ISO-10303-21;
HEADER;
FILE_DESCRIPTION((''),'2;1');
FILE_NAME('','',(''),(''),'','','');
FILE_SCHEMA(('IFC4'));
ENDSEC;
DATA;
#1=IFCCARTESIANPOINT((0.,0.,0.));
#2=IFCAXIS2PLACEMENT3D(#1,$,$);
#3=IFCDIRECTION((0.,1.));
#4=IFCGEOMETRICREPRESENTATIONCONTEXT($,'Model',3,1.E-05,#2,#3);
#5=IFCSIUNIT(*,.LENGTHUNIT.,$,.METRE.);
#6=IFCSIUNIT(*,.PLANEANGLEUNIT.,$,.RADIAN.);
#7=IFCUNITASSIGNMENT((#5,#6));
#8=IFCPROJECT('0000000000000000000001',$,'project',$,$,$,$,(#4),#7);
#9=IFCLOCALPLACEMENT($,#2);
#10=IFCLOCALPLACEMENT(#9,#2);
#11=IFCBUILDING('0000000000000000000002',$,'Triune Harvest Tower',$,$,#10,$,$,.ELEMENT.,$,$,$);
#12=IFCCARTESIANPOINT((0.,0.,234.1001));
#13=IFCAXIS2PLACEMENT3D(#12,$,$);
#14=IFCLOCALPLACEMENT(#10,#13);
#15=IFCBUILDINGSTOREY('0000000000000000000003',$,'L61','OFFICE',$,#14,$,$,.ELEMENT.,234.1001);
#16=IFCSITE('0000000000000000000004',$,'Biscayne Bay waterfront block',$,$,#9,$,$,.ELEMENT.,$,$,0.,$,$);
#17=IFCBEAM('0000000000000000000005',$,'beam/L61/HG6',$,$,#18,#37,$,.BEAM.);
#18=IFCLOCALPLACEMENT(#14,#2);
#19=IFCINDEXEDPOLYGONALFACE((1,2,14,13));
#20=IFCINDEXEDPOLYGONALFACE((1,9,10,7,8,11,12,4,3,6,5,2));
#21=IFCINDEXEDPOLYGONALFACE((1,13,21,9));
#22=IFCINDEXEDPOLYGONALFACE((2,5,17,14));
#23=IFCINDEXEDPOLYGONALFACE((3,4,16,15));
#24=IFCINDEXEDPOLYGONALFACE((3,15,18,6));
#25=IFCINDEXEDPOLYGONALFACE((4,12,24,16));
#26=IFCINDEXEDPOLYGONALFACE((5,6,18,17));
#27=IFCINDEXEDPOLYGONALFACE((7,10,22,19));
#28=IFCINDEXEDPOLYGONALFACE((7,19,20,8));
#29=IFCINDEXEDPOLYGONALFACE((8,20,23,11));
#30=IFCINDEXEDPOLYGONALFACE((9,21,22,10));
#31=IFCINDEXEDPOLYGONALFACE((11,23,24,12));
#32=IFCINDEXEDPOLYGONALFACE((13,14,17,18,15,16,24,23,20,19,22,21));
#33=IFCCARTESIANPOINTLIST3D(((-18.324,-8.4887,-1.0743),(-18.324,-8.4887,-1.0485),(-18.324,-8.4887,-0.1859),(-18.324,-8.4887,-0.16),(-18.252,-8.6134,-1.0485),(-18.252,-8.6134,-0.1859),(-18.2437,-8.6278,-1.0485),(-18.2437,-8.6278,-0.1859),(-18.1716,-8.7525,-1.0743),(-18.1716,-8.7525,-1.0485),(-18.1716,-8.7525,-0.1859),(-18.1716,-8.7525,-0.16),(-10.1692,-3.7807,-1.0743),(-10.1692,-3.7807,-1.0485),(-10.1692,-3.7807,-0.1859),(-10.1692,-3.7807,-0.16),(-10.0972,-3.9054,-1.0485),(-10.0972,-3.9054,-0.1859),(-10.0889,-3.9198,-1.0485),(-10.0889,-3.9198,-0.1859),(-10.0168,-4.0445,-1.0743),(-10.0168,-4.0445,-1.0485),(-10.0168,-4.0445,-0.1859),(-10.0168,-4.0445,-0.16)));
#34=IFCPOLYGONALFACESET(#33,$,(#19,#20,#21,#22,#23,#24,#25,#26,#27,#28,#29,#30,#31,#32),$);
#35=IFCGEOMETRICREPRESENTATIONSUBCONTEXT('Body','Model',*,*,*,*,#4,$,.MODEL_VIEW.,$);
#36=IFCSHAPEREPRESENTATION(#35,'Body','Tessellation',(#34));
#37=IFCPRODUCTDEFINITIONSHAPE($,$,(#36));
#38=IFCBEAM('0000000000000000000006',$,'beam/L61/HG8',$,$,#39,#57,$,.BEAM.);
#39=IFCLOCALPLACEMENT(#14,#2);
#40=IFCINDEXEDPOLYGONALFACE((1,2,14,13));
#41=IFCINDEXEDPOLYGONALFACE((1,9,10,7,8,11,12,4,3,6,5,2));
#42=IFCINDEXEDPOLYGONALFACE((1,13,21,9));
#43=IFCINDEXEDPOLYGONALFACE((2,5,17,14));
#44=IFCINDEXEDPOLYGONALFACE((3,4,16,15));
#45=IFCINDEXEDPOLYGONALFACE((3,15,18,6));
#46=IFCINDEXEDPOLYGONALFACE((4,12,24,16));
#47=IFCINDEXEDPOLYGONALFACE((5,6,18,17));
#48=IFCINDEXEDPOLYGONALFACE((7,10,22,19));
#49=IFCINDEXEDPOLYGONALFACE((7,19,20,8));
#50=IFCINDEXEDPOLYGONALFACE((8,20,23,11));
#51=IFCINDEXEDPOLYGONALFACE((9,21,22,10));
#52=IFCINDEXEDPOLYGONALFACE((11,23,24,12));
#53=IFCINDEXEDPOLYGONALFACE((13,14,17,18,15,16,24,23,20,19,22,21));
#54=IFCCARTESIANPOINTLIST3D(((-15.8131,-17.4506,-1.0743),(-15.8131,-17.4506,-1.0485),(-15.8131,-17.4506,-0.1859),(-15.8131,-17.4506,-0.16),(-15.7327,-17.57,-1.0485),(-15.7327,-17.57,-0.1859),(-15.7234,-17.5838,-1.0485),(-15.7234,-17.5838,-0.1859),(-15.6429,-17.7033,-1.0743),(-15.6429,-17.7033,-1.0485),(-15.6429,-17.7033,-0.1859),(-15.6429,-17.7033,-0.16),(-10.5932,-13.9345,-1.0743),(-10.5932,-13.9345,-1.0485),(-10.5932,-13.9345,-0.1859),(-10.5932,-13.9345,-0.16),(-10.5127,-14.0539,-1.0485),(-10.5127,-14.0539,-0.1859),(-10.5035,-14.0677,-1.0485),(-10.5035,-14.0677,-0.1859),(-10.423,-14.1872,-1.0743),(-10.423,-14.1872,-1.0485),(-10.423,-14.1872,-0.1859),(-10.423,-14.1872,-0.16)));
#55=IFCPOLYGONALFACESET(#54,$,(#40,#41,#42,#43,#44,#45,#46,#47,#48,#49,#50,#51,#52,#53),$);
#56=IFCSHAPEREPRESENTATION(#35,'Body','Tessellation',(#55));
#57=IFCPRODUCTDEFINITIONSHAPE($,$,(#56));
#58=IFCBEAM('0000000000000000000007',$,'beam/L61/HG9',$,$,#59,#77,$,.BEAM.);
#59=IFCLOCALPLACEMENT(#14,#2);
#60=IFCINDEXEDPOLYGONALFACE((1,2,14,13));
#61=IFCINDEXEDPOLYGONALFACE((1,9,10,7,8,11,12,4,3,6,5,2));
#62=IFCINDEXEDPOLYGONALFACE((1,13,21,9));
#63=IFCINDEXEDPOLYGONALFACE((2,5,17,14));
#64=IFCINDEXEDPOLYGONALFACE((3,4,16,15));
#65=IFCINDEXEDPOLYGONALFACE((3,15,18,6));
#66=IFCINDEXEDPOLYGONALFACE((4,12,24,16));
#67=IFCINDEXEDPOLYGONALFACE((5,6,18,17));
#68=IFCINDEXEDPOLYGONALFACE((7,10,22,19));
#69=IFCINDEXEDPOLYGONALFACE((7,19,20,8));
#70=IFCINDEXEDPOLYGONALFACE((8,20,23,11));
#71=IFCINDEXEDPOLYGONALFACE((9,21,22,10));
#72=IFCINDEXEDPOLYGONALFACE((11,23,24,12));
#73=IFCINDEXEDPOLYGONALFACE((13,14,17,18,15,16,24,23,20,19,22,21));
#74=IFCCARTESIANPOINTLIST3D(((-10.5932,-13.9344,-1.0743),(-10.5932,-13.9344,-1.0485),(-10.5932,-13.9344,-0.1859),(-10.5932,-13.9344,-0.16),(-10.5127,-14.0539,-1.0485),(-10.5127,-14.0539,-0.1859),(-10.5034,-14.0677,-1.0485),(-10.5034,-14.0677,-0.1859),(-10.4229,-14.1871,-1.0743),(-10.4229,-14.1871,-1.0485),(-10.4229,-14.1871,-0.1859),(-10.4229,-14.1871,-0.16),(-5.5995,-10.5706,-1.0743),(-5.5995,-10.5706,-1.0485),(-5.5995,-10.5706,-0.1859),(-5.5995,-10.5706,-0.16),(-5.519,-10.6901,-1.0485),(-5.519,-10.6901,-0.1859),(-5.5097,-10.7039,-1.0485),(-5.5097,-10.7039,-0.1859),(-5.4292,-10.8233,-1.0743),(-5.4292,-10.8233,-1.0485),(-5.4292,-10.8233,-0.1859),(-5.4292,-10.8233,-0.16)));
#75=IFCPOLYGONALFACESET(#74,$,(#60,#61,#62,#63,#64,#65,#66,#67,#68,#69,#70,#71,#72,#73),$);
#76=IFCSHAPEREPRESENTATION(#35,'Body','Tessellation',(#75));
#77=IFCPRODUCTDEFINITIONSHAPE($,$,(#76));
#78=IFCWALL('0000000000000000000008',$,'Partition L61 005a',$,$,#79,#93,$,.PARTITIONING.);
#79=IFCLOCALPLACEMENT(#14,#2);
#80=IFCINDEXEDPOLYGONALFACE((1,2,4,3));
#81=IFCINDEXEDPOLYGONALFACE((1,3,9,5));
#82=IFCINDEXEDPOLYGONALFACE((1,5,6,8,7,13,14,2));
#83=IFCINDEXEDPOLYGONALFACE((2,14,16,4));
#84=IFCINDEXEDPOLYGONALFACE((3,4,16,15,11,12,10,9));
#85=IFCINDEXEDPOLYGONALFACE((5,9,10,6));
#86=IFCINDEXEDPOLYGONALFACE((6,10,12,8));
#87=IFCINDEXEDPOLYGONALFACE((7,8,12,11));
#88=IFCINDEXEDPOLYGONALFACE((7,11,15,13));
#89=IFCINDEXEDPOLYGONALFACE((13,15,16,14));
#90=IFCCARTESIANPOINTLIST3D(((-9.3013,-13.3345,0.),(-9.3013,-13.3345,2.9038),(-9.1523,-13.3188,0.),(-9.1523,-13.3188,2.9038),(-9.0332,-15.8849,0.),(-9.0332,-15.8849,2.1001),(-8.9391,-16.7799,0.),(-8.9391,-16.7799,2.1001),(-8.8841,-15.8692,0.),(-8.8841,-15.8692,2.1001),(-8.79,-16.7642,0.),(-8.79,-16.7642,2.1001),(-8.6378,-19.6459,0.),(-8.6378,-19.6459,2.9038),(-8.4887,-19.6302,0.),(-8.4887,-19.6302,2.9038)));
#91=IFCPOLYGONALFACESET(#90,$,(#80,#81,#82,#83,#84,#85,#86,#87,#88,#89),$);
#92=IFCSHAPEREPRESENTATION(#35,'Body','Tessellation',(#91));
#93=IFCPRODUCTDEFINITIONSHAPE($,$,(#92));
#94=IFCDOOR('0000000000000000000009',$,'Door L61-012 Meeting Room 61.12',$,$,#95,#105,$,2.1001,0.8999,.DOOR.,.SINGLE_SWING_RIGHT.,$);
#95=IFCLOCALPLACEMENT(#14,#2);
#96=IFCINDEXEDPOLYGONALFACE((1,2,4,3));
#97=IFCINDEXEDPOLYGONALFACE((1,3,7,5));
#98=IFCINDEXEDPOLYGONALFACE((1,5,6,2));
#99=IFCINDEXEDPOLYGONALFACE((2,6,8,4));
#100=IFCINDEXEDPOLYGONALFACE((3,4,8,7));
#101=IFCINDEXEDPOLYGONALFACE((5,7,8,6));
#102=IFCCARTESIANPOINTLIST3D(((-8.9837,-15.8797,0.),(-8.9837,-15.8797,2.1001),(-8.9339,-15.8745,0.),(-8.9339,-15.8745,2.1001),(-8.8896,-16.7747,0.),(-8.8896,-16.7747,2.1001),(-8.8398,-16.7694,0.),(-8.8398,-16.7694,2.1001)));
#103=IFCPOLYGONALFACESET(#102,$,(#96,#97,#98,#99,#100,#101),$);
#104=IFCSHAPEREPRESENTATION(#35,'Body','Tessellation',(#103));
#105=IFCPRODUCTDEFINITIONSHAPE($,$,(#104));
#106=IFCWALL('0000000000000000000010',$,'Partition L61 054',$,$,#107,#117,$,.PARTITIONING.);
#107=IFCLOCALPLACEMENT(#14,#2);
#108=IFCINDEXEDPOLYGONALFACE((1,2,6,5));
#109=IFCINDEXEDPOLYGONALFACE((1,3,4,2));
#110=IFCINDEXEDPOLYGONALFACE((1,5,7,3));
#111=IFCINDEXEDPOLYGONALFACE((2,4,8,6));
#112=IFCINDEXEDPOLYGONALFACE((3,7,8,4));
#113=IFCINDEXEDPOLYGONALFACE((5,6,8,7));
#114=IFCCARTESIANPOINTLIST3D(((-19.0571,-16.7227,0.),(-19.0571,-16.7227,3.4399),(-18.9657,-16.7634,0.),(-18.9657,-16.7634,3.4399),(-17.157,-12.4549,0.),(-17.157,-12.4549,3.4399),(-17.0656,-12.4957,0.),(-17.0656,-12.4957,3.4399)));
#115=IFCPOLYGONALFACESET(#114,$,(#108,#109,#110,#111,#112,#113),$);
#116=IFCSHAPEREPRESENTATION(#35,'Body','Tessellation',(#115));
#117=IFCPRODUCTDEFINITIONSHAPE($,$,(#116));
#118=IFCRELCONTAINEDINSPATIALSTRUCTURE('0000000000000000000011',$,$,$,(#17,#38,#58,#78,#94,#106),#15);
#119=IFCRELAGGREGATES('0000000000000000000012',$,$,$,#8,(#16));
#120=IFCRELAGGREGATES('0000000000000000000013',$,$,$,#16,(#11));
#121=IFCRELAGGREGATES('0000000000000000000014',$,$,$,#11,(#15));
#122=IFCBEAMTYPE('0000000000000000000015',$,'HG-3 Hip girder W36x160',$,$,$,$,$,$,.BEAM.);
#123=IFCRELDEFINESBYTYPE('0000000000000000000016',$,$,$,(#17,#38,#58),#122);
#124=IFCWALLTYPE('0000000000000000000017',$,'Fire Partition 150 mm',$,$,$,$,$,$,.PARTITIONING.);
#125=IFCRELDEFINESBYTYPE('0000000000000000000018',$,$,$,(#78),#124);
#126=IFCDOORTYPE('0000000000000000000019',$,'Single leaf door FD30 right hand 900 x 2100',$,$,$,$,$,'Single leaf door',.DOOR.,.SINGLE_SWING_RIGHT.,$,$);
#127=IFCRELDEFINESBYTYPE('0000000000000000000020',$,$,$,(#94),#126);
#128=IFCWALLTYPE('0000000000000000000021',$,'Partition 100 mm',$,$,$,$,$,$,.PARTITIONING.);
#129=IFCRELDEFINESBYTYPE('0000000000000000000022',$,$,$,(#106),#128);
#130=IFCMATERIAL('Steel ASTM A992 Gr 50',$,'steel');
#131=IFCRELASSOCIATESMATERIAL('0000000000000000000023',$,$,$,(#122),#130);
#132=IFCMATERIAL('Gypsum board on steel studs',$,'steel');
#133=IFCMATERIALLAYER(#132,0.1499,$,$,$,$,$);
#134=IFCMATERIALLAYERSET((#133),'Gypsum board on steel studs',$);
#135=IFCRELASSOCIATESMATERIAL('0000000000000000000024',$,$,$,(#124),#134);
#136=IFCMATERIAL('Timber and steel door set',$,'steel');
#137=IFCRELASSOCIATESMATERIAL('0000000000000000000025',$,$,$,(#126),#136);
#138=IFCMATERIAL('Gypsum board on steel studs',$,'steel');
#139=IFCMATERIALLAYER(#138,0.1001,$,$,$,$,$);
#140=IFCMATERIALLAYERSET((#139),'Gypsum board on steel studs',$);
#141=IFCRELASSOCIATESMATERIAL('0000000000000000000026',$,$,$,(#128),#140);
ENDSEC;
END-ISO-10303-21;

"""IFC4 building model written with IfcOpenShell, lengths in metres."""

from ifc_helpers import new_model, si_unit, direction, frame, frame_2d, origin, origin_2d, place, context, subcontext, project, spatial, rectangle, i_section, extrude, source, transform, mapped, material, layer, layer_set, material_profile, profile_set, type_object, element, fill, save


model = new_model("IFC4")

# Units and contexts
model_context = context("Model", 3, precision=1e-05, world=origin(), true_north=direction((0.0, 1.0)))
body_context = subcontext(model_context, "Body", "Model", "MODEL_VIEW")
ifc_project = project(units=[si_unit("LENGTHUNIT", "METRE"), si_unit("PLANEANGLEUNIT", "RADIAN")], contexts=[model_context])

# Site, building, storey
site_placement = place(None, origin())
site = spatial("IfcSite", under=ifc_project, at=site_placement, Name="Biscayne Bay waterfront block", CompositionType="ELEMENT", RefElevation=0.0)
building_placement = place(site_placement, origin())
building = spatial("IfcBuilding", under=site, at=building_placement, Name="Triune Harvest Tower", CompositionType="ELEMENT")
storey_placement = place(building_placement, frame((0.0, 0.0, 234.1001)))
storey = spatial("IfcBuildingStorey", under=building, at=storey_placement, Name="L61", Description="OFFICE", CompositionType="ELEMENT", Elevation=234.1001)

# Beams
ifc_material_1 = material(Name="Steel ASTM A992 Gr 50", Category="steel")
ifc_material_profile = material_profile(ifc_material_1, i_section(OverallWidth=0.3047, OverallDepth=0.9143, WebThickness=0.0166, FlangeThickness=0.0259, at=origin_2d()), Name="W36x160")
ifc_profile_set = profile_set([ifc_material_profile], Name="Steel ASTM A992 Gr 50")
beam_type = type_object("IfcBeamType", Name="HG-3 Hip girder W36x160", PredefinedType="BEAM", material=ifc_profile_set)
shared_shape_1 = source(origin(), body_context, "Body", "SweptSolid", [
    extrude(i_section(OverallWidth=0.3047, OverallDepth=0.9143, WebThickness=0.0166, FlangeThickness=0.0259, at=origin_2d()), origin(), (0.0, 0.0, 1.0), 9.4163),
])
beam_1_placement = place(storey_placement, frame((-18.2478, -8.6206, -0.6172), z_axis=(0.866033, 0.499987, 0.0), x_axis=(-0.499987, 0.866033, 0.0)))
element("IfcBeam", 1, at=beam_1_placement, inside=storey, type_object=beam_type, Name="beam/L61/HG6", PredefinedType="BEAM", context=body_context, shape_type="MappedRepresentation", body=[
    mapped(shared_shape_1, transform((0.0, 0.0, 0.0), scale=1.0)),
])
shared_shape_2 = source(origin(), body_context, "Body", "SweptSolid", [
    extrude(i_section(OverallWidth=0.3047, OverallDepth=0.9143, WebThickness=0.0166, FlangeThickness=0.0259, at=origin_2d()), origin(), (0.0, 0.0, 1.0), 6.2937),
])
beam_2_placement = place(storey_placement, frame((-15.728, -17.5769, -0.6172), z_axis=(0.829391, 0.558668, 0.0), x_axis=(-0.558668, 0.829391, 0.0)))
element("IfcBeam", 2, at=beam_2_placement, inside=storey, type_object=beam_type, Name="beam/L61/HG8", PredefinedType="BEAM", context=body_context, shape_type="MappedRepresentation", body=[
    mapped(shared_shape_2, transform((0.0, 0.0, 0.0), scale=1.0)),
])
shared_shape_3 = source(origin(), body_context, "Body", "SweptSolid", [
    extrude(i_section(OverallWidth=0.3047, OverallDepth=0.9143, WebThickness=0.0166, FlangeThickness=0.0259, at=origin_2d()), origin(), (0.0, 0.0, 1.0), 6.021),
])
beam_3_placement = place(storey_placement, frame((-10.5081, -14.0608, -0.6172), z_axis=(0.829383, 0.55868, 0.0), x_axis=(-0.55868, 0.829383, 0.0)))
element("IfcBeam", 3, at=beam_3_placement, inside=storey, type_object=beam_type, Name="beam/L61/HG9", PredefinedType="BEAM", context=body_context, shape_type="MappedRepresentation", body=[
    mapped(shared_shape_3, transform((0.0, 0.0, 0.0), scale=1.0)),
])

# Wall, opening, door
ifc_material_2 = material(Name="Gypsum board on steel studs", Category="steel")
ifc_layer_1 = layer(ifc_material_2, 0.1499)
ifc_layer_set_1 = layer_set([ifc_layer_1], Name="Gypsum board on steel studs")
wall_type_1 = type_object("IfcWallType", Name="Fire Partition 150 mm", PredefinedType="PARTITIONING", material=ifc_layer_set_1)
wall_1_placement = place(storey_placement, frame((-9.2268, -13.3267, 0.0), z_axis=(0.0, 0.0, 1.0), x_axis=(0.104561, -0.994519, 0.0)))
wall_1 = element("IfcWall", 4, at=wall_1_placement, inside=storey, type_object=wall_type_1, Name="Partition L61 005a", PredefinedType="PARTITIONING", context=body_context, shape_type="SweptSolid", body=[
    extrude(rectangle(XDim=6.3462, YDim=0.1499, at=frame_2d((3.1731, 0.0))), origin(), (0.0, 0.0, 1.0), 2.9038),
])
opening_1_placement = place(wall_1_placement, frame((2.5645, 0.0, 0.0)))
opening_1 = element("IfcOpeningElement", 5, at=opening_1_placement, cuts=wall_1, PredefinedType="OPENING", context=body_context, shape_type="SweptSolid", body=[
    extrude(rectangle(XDim=0.8999, YDim=2.1001, at=frame_2d((0.45, 1.05))), frame((0.0, 0.085, 0.0), z_axis=(0.0, -1.0, 0.0), x_axis=(1.0, 0.0, 0.0)), (0.0, 0.0, 1.0), 0.1699),
])
ifc_material_3 = material(Name="Timber and steel door set", Category="steel")
door_type_1 = type_object("IfcDoorType", Name="Single leaf door FD30 right hand 900 x 2100", ElementType="Single leaf door", OperationType="SINGLE_SWING_RIGHT", PredefinedType="DOOR", material=ifc_material_3)
door_1_placement = place(opening_1_placement, origin())
door_1 = element("IfcDoor", 6, at=door_1_placement, inside=storey, type_object=door_type_1, Name="Door L61-012 Meeting Room 61.12", OperationType="SINGLE_SWING_RIGHT", OverallHeight=2.1001, OverallWidth=0.8999, PredefinedType="DOOR", context=body_context, shape_type="SweptSolid", body=[
    extrude(rectangle(XDim=0.8999, YDim=2.1001, at=frame_2d((0.45, 1.05))), frame((0.0, 0.0249, 0.0), z_axis=(0.0, -1.0, 0.0), x_axis=(1.0, 0.0, 0.0)), (0.0, 0.0, 1.0), 0.05),
])
fill(opening_1, door_1)

# Wall
ifc_material_4 = material(Name="Gypsum board on steel studs", Category="steel")
ifc_layer_2 = layer(ifc_material_4, 0.1001)
ifc_layer_set_2 = layer_set([ifc_layer_2], Name="Gypsum board on steel studs")
wall_type_2 = type_object("IfcWallType", Name="Partition 100 mm", PredefinedType="PARTITIONING", material=ifc_layer_set_2)
wall_2_placement = place(storey_placement, frame((-19.0115, -16.7432, 0.0), z_axis=(0.0, 0.0, 1.0), x_axis=(0.406735, 0.913546, 0.0)))
element("IfcWall", 7, at=wall_2_placement, inside=storey, type_object=wall_type_2, Name="Partition L61 054", PredefinedType="PARTITIONING", context=body_context, shape_type="SweptSolid", body=[
    extrude(rectangle(XDim=4.6716, YDim=0.1001, at=frame_2d((2.3359, 0.0))), origin(), (0.0, 0.0, 1.0), 3.4399),
])

save(model, "model.ifc")
